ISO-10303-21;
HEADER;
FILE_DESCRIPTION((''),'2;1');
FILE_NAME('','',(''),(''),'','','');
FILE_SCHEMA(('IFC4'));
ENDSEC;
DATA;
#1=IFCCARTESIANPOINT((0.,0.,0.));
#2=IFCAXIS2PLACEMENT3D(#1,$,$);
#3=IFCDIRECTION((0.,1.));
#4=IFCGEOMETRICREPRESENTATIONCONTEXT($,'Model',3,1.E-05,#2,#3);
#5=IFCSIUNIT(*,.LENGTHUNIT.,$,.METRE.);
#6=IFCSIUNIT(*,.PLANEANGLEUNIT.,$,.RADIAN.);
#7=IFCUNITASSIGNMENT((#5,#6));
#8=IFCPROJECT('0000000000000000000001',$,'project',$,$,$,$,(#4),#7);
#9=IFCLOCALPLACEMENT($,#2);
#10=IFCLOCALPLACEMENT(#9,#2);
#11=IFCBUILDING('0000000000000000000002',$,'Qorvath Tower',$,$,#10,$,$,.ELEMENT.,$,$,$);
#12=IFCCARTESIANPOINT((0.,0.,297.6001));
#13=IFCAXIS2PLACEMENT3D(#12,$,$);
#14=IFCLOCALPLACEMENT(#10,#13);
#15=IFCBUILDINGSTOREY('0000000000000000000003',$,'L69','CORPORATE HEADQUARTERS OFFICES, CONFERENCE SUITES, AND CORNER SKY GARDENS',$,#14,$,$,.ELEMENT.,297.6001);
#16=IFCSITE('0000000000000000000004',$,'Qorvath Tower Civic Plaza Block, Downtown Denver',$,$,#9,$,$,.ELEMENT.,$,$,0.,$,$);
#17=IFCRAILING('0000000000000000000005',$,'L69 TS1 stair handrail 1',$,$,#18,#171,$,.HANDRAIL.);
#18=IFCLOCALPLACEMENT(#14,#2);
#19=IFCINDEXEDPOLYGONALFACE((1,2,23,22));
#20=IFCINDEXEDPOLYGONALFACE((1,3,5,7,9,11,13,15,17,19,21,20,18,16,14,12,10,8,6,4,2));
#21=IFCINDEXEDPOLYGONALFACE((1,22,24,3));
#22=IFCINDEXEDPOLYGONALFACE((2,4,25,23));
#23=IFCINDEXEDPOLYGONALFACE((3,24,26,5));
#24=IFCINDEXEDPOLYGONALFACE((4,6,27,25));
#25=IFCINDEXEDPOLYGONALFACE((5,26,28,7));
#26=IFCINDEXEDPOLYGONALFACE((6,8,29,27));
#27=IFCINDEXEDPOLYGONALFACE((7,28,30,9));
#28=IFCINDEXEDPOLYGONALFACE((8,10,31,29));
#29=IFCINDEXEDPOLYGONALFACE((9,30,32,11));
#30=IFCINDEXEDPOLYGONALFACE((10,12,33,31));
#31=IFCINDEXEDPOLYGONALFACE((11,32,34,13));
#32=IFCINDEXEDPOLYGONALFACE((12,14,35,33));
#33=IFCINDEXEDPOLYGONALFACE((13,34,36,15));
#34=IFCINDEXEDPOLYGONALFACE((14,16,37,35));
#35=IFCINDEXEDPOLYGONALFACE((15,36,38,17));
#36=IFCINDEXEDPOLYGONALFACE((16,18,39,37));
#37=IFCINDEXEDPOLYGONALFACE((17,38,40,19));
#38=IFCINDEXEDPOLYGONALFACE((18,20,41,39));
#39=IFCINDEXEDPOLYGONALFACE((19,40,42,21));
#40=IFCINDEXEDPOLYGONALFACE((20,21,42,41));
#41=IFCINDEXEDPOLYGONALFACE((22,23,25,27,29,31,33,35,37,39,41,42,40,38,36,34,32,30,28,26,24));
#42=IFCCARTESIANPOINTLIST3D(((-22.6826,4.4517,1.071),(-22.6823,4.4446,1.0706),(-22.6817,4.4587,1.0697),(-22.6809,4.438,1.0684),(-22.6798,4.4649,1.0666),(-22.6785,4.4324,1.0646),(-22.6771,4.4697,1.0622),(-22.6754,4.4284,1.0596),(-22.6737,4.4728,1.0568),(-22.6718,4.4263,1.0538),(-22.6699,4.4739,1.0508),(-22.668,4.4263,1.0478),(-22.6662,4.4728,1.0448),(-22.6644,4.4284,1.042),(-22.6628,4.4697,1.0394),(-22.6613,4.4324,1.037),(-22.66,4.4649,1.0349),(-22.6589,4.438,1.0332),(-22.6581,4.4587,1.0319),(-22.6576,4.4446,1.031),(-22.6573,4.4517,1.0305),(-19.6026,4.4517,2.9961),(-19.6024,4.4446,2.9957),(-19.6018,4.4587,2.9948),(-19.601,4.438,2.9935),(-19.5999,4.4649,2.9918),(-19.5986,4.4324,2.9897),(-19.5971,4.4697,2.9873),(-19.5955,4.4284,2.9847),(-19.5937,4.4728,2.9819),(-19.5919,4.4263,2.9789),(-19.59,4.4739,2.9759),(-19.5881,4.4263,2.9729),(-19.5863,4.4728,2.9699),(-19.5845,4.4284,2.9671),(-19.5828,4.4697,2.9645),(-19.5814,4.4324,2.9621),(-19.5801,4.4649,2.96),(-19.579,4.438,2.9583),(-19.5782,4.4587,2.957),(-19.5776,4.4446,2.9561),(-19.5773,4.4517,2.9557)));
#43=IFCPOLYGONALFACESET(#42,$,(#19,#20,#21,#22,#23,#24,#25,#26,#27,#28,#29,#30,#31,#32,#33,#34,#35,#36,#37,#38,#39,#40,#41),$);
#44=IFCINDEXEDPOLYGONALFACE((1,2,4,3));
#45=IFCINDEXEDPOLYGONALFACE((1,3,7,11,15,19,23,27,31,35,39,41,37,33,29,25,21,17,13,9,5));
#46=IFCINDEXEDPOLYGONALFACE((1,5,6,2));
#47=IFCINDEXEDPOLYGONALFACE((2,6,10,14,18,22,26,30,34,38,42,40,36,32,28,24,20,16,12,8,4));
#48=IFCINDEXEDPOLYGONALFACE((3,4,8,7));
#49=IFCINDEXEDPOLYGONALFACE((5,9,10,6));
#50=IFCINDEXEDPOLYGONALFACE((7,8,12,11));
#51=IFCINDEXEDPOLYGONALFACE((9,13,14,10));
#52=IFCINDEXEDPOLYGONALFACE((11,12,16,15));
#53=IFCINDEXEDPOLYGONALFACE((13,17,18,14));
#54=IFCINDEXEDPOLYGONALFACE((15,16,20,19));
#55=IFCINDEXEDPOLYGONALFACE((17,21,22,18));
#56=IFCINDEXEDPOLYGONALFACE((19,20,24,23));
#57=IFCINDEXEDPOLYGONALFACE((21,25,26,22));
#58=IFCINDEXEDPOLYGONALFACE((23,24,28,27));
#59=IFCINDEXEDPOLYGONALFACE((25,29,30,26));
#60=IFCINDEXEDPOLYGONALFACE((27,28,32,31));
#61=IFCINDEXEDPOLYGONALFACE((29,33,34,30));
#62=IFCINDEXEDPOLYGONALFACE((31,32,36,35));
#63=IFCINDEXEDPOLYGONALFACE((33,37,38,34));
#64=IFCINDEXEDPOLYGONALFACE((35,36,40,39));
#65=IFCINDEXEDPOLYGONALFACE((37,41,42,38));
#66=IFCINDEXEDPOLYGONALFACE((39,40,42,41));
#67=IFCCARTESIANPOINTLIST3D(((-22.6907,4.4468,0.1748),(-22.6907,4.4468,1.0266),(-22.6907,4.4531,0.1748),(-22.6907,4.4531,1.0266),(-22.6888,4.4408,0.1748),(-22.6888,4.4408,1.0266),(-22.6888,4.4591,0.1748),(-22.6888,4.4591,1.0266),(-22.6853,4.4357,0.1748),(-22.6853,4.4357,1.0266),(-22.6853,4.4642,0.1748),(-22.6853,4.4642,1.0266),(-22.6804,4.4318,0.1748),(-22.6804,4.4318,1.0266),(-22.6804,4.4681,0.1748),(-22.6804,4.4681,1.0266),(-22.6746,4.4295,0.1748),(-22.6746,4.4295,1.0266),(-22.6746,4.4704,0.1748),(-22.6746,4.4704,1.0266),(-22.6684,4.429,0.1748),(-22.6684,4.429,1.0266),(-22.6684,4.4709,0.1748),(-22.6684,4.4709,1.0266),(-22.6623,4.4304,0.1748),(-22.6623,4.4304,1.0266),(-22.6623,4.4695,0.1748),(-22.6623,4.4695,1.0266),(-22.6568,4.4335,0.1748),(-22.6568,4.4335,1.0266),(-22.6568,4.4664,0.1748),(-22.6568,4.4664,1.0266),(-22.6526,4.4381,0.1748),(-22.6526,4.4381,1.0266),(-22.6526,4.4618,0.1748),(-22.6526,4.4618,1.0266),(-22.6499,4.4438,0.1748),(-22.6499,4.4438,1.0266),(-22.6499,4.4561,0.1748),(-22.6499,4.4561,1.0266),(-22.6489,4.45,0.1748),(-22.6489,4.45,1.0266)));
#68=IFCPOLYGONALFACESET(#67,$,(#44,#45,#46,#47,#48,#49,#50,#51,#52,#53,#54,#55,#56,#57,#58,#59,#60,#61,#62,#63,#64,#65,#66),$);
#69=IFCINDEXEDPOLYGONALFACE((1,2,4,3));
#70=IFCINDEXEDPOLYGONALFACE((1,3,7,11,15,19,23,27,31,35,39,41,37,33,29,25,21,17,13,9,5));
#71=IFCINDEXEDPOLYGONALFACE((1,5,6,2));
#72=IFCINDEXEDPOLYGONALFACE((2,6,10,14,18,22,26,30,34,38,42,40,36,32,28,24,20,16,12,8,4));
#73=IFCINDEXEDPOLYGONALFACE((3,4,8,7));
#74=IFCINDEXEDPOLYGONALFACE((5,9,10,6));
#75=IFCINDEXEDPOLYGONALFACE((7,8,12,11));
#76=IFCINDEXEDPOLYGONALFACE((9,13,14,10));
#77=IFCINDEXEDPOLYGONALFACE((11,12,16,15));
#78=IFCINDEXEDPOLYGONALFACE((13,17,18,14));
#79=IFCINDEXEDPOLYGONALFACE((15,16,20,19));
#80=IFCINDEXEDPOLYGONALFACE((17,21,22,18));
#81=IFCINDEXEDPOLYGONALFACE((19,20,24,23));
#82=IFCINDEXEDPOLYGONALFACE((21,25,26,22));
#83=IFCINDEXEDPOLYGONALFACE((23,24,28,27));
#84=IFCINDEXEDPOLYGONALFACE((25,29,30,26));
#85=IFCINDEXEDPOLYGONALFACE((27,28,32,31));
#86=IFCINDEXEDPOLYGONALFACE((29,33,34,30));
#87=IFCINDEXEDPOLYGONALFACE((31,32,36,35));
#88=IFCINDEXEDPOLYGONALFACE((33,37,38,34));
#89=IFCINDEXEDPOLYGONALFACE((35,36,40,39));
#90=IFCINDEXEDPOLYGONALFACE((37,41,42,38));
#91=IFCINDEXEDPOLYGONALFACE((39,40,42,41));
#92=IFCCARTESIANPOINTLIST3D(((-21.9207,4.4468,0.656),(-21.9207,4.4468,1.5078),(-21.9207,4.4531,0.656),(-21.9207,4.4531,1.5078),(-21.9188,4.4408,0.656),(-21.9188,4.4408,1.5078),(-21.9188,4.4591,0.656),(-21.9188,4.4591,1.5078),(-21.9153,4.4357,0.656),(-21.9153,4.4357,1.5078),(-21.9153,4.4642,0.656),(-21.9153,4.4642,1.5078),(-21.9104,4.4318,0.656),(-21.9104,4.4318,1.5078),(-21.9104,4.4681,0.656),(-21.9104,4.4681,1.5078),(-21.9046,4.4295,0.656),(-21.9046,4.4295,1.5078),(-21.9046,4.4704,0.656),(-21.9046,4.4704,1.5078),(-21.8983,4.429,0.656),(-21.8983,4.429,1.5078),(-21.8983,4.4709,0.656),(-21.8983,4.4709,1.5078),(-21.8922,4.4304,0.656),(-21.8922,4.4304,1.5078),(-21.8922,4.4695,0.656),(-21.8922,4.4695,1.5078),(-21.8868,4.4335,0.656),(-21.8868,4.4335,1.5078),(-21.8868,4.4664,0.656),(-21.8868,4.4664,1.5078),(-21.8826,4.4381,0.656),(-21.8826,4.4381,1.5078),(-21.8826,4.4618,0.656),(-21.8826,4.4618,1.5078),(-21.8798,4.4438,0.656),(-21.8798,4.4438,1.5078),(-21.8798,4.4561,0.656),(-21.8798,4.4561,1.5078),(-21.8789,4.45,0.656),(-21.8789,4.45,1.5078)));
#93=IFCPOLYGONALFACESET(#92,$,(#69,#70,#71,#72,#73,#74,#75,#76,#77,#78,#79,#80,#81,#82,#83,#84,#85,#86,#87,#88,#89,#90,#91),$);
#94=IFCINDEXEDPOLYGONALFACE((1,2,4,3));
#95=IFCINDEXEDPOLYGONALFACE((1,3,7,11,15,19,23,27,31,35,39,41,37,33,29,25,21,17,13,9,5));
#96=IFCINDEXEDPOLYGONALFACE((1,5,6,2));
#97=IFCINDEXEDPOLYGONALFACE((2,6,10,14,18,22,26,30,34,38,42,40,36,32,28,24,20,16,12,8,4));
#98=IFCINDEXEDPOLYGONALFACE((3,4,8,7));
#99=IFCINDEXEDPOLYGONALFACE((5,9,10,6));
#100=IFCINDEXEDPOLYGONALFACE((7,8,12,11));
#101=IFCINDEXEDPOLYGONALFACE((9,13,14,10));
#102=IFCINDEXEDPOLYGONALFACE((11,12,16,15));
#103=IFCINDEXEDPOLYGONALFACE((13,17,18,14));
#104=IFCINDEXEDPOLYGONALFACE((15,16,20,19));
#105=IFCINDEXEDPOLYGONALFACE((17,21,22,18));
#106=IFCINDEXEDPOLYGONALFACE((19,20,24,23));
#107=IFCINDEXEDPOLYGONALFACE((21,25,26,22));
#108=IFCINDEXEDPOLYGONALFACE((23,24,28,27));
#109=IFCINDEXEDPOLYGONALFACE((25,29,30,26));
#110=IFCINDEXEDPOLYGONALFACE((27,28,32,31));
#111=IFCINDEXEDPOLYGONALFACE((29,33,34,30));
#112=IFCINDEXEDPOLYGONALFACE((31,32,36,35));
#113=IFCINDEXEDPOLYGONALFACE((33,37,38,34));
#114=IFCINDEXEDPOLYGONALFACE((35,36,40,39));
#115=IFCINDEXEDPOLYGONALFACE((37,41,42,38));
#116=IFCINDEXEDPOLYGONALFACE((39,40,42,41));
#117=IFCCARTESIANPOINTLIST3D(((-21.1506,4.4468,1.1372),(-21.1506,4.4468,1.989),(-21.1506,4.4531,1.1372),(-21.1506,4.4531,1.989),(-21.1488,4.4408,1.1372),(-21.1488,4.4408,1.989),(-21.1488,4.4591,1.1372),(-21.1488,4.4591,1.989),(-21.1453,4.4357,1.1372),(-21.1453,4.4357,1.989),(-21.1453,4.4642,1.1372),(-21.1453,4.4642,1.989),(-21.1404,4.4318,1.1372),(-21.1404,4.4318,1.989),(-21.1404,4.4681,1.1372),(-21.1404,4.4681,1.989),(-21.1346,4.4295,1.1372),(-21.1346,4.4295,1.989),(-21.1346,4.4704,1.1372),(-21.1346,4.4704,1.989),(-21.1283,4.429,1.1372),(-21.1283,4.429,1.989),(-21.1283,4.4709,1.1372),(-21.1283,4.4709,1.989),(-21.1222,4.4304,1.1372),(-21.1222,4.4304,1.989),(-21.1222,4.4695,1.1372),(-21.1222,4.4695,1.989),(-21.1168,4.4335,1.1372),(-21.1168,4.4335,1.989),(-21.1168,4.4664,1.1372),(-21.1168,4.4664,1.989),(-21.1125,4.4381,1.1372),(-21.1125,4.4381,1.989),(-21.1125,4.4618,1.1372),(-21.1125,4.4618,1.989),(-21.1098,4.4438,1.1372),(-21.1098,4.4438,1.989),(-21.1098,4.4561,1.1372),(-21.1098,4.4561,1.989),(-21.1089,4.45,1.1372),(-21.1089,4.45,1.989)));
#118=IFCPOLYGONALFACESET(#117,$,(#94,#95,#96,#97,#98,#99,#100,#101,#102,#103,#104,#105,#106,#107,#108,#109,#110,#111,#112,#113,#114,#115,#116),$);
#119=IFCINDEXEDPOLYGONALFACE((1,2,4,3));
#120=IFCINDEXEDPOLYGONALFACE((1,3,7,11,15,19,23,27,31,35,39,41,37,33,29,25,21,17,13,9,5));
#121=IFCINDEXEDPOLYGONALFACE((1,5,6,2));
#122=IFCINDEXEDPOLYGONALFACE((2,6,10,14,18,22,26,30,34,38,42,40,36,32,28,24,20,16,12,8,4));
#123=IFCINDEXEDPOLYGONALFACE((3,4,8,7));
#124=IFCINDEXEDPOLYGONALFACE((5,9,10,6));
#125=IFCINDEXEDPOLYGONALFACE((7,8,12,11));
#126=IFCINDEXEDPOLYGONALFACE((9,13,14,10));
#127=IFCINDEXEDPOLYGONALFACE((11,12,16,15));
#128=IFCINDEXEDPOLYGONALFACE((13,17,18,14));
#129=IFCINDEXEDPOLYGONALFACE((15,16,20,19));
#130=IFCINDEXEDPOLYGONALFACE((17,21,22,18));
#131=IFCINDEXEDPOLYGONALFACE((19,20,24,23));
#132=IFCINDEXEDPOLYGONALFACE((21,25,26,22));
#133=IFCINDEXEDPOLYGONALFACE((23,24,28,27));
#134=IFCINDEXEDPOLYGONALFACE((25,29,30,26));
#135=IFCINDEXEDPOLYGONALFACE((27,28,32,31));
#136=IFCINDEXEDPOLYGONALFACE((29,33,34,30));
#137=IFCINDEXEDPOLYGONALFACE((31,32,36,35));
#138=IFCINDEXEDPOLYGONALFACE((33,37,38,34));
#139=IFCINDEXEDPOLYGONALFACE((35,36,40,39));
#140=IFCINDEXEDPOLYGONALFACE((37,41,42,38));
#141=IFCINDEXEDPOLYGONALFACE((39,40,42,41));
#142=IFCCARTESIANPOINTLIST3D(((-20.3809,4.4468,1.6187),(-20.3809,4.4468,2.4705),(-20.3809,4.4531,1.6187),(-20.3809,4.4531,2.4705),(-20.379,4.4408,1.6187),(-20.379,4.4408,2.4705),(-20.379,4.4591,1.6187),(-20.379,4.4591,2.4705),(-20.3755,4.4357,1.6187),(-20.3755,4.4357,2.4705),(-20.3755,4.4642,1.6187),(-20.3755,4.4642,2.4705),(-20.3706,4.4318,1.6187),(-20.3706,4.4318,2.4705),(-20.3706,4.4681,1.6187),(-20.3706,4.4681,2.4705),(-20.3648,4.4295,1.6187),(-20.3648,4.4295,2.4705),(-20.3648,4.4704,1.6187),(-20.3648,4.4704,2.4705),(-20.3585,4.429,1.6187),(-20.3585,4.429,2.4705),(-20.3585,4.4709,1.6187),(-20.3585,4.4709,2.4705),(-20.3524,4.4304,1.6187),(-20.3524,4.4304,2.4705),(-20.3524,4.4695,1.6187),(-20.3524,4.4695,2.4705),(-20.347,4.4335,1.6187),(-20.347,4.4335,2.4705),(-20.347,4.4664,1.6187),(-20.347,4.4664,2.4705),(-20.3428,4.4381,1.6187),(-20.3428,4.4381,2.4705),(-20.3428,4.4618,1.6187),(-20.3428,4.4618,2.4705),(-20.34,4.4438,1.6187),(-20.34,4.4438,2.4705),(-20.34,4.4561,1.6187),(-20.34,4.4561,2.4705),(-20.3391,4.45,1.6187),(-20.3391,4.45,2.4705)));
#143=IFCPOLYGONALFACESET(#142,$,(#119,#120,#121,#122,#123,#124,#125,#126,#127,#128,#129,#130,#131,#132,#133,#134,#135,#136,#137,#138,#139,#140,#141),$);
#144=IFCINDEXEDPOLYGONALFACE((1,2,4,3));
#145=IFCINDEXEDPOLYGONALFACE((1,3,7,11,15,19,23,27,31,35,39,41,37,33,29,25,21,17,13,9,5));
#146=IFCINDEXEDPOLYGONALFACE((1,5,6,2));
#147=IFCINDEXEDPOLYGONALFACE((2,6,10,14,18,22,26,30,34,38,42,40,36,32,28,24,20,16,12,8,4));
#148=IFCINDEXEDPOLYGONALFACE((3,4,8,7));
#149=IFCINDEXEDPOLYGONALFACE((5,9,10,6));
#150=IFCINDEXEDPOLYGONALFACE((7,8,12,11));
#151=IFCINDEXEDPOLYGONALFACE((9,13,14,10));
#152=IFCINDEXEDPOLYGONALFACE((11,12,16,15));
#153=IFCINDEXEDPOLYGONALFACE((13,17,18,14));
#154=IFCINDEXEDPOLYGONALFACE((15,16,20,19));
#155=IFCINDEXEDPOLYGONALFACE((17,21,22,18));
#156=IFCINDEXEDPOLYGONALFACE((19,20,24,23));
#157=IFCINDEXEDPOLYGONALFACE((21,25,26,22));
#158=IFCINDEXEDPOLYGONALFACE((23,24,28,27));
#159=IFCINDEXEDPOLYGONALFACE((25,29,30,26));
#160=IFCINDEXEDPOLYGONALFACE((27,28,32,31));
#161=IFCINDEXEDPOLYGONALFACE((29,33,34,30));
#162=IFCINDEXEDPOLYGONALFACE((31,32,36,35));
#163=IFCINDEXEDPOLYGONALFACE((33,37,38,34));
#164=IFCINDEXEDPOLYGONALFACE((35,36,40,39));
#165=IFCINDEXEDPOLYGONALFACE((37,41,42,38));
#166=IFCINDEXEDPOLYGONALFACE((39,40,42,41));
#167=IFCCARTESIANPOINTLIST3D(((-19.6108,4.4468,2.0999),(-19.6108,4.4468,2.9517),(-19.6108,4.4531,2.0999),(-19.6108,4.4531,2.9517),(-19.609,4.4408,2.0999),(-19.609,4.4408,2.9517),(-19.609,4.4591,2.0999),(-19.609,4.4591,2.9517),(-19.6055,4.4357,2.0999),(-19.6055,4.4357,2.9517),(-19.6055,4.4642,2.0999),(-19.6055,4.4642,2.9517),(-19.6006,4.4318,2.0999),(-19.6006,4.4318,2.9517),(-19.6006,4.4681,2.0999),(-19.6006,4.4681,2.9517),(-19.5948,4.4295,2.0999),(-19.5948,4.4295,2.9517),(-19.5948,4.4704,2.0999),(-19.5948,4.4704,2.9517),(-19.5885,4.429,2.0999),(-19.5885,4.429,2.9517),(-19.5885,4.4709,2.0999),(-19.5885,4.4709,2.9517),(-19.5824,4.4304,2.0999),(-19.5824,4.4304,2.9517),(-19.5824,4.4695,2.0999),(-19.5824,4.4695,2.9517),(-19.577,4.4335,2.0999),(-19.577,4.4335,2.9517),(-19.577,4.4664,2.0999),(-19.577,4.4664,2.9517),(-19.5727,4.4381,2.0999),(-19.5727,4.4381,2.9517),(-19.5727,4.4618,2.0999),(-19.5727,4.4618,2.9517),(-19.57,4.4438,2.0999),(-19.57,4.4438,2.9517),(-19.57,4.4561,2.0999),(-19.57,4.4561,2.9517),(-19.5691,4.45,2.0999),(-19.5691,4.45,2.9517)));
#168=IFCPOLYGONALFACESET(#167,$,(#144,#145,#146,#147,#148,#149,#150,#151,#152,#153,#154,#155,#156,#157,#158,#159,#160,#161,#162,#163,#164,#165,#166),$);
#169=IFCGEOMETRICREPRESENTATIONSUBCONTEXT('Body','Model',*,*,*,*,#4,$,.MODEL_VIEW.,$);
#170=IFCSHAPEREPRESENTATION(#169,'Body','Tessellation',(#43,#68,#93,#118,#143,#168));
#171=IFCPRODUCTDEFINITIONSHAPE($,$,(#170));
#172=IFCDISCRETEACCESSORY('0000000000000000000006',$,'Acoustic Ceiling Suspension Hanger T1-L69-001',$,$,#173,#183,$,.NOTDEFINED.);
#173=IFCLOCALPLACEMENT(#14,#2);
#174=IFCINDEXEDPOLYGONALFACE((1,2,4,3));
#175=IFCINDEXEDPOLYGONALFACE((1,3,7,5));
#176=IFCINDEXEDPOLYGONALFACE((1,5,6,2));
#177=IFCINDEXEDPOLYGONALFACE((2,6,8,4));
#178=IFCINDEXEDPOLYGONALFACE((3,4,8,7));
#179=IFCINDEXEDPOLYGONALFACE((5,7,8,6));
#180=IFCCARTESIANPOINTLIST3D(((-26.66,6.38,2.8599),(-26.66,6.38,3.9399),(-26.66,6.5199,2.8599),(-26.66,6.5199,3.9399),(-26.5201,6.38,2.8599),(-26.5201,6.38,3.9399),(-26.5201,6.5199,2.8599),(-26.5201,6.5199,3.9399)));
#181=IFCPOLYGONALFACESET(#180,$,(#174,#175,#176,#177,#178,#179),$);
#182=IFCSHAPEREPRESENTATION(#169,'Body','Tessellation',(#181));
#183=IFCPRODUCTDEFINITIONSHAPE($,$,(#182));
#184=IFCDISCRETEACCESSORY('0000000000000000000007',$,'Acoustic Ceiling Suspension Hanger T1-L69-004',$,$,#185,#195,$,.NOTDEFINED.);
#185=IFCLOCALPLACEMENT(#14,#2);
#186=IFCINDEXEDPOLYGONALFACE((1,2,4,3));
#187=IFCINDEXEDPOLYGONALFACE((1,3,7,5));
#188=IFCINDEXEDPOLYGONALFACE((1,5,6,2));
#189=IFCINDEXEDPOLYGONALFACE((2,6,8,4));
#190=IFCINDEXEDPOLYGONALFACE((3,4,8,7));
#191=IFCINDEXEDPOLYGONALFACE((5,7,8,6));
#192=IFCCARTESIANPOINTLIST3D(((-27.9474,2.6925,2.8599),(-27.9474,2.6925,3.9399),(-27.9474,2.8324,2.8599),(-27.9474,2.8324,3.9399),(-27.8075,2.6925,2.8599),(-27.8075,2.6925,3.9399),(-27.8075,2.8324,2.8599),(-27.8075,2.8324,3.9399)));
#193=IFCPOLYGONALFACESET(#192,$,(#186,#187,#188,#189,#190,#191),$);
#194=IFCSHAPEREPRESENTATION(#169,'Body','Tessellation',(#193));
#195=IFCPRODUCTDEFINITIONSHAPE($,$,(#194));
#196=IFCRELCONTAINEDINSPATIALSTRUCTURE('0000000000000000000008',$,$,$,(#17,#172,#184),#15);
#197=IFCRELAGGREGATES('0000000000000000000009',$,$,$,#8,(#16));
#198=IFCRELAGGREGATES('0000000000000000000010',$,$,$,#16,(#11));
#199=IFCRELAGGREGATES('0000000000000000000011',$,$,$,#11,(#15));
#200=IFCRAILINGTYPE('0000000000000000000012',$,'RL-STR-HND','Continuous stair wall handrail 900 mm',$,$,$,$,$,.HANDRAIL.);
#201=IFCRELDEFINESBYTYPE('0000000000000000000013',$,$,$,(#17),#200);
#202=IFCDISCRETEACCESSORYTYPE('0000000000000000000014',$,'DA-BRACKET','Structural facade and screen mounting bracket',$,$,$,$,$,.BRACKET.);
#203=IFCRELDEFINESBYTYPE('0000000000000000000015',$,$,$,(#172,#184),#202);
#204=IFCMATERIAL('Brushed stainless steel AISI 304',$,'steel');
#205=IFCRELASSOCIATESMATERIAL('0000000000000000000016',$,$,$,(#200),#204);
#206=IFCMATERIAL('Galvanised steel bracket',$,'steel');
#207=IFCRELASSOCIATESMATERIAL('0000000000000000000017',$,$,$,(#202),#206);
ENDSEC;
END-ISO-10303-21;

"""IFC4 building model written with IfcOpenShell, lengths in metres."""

from ifc_helpers import new_model, si_unit, direction, frame, origin, origin_2d, place, context, subcontext, project, spatial, rectangle, circle, extrude, material, type_object, element, save


model = new_model("IFC4")

# Units and contexts
model_context = context("Model", 3, precision=1e-05, world=origin(), true_north=direction((0.0, 1.0)))
body_context = subcontext(model_context, "Body", "Model", "MODEL_VIEW")
ifc_project = project(units=[si_unit("LENGTHUNIT", "METRE"), si_unit("PLANEANGLEUNIT", "RADIAN")], contexts=[model_context])

# Site, building, storey
site_placement = place(None, origin())
site = spatial("IfcSite", under=ifc_project, at=site_placement, Name="Qorvath Tower Civic Plaza Block, Downtown Denver", CompositionType="ELEMENT", RefElevation=0.0)
building_placement = place(site_placement, origin())
building = spatial("IfcBuilding", under=site, at=building_placement, Name="Qorvath Tower", CompositionType="ELEMENT")
storey_placement = place(building_placement, frame((0.0, 0.0, 297.6001)))
storey = spatial("IfcBuildingStorey", under=building, at=storey_placement, Name="L69", Description="CORPORATE HEADQUARTERS OFFICES, CONFERENCE SUITES, AND CORNER SKY GARDENS", CompositionType="ELEMENT", Elevation=297.6001)

# Railing
ifc_material_1 = material(Name="Brushed stainless steel AISI 304", Category="steel")
railing_type_1 = type_object("IfcRailingType", Name="RL-STR-HND", Description="Continuous stair wall handrail 900 mm", PredefinedType="HANDRAIL", material=ifc_material_1)
railing_1_placement = place(storey_placement, frame((-22.6699, 4.45, 0.1748)))
element("IfcRailing", 1, at=railing_1_placement, inside=storey, type_object=railing_type_1, Name="L69 TS1 stair handrail 1", PredefinedType="HANDRAIL", context=body_context, shape_type="SweptSolid", body=[
    extrude(circle(Radius=0.0239, at=origin_2d()), frame((0.0, 0.0, 0.876), z_axis=(0.847979, 0.0, 0.530029), x_axis=(0.0, 1.0, 0.0)), (0.0, 0.0, 1.0), 3.6321),
    extrude(circle(Radius=0.021, at=origin_2d()), origin(), (0.0, 0.0, 1.0), 0.8518),
    extrude(circle(Radius=0.021, at=origin_2d()), frame((0.77, 0.0, 0.4812)), (0.0, 0.0, 1.0), 0.8518),
    extrude(circle(Radius=0.021, at=origin_2d()), frame((1.54, 0.0, 0.9624)), (0.0, 0.0, 1.0), 0.8518),
    extrude(circle(Radius=0.021, at=origin_2d()), frame((2.3098, 0.0, 1.4438)), (0.0, 0.0, 1.0), 0.8518),
    extrude(circle(Radius=0.021, at=origin_2d()), frame((3.0798, 0.0, 1.925)), (0.0, 0.0, 1.0), 0.8518),
])

# Discrete accessories
ifc_material_2 = material(Name="Galvanised steel bracket", Category="steel")
discrete_accessory_type = type_object("IfcDiscreteAccessoryType", Name="DA-BRACKET", Description="Structural facade and screen mounting bracket", PredefinedType="BRACKET", material=ifc_material_2)
for number, where, z_axis, x_axis, name in (
    (2, (-26.5901, 6.45, 2.8599), (0.0, 0.0, 1.0), (1.0, 0.0, 0.0), "Acoustic Ceiling Suspension Hanger T1-L69-001"),
    (3, (-27.8774, 2.7625, 2.8599), (0.0, 0.0, 1.0), (1.0, 0.0, 0.0), "Acoustic Ceiling Suspension Hanger T1-L69-004"),
):
    element("IfcDiscreteAccessory", number, at=place(storey_placement, frame(where, z_axis=z_axis, x_axis=x_axis)), inside=storey, type_object=discrete_accessory_type, Name=name, PredefinedType="NOTDEFINED", context=body_context, shape_type="SweptSolid", body=[
        extrude(rectangle(XDim=0.1399, YDim=0.1399, at=origin_2d()), origin(), (0.0, 0.0, 1.0), 1.0801),
    ])

save(model, "model.ifc")
